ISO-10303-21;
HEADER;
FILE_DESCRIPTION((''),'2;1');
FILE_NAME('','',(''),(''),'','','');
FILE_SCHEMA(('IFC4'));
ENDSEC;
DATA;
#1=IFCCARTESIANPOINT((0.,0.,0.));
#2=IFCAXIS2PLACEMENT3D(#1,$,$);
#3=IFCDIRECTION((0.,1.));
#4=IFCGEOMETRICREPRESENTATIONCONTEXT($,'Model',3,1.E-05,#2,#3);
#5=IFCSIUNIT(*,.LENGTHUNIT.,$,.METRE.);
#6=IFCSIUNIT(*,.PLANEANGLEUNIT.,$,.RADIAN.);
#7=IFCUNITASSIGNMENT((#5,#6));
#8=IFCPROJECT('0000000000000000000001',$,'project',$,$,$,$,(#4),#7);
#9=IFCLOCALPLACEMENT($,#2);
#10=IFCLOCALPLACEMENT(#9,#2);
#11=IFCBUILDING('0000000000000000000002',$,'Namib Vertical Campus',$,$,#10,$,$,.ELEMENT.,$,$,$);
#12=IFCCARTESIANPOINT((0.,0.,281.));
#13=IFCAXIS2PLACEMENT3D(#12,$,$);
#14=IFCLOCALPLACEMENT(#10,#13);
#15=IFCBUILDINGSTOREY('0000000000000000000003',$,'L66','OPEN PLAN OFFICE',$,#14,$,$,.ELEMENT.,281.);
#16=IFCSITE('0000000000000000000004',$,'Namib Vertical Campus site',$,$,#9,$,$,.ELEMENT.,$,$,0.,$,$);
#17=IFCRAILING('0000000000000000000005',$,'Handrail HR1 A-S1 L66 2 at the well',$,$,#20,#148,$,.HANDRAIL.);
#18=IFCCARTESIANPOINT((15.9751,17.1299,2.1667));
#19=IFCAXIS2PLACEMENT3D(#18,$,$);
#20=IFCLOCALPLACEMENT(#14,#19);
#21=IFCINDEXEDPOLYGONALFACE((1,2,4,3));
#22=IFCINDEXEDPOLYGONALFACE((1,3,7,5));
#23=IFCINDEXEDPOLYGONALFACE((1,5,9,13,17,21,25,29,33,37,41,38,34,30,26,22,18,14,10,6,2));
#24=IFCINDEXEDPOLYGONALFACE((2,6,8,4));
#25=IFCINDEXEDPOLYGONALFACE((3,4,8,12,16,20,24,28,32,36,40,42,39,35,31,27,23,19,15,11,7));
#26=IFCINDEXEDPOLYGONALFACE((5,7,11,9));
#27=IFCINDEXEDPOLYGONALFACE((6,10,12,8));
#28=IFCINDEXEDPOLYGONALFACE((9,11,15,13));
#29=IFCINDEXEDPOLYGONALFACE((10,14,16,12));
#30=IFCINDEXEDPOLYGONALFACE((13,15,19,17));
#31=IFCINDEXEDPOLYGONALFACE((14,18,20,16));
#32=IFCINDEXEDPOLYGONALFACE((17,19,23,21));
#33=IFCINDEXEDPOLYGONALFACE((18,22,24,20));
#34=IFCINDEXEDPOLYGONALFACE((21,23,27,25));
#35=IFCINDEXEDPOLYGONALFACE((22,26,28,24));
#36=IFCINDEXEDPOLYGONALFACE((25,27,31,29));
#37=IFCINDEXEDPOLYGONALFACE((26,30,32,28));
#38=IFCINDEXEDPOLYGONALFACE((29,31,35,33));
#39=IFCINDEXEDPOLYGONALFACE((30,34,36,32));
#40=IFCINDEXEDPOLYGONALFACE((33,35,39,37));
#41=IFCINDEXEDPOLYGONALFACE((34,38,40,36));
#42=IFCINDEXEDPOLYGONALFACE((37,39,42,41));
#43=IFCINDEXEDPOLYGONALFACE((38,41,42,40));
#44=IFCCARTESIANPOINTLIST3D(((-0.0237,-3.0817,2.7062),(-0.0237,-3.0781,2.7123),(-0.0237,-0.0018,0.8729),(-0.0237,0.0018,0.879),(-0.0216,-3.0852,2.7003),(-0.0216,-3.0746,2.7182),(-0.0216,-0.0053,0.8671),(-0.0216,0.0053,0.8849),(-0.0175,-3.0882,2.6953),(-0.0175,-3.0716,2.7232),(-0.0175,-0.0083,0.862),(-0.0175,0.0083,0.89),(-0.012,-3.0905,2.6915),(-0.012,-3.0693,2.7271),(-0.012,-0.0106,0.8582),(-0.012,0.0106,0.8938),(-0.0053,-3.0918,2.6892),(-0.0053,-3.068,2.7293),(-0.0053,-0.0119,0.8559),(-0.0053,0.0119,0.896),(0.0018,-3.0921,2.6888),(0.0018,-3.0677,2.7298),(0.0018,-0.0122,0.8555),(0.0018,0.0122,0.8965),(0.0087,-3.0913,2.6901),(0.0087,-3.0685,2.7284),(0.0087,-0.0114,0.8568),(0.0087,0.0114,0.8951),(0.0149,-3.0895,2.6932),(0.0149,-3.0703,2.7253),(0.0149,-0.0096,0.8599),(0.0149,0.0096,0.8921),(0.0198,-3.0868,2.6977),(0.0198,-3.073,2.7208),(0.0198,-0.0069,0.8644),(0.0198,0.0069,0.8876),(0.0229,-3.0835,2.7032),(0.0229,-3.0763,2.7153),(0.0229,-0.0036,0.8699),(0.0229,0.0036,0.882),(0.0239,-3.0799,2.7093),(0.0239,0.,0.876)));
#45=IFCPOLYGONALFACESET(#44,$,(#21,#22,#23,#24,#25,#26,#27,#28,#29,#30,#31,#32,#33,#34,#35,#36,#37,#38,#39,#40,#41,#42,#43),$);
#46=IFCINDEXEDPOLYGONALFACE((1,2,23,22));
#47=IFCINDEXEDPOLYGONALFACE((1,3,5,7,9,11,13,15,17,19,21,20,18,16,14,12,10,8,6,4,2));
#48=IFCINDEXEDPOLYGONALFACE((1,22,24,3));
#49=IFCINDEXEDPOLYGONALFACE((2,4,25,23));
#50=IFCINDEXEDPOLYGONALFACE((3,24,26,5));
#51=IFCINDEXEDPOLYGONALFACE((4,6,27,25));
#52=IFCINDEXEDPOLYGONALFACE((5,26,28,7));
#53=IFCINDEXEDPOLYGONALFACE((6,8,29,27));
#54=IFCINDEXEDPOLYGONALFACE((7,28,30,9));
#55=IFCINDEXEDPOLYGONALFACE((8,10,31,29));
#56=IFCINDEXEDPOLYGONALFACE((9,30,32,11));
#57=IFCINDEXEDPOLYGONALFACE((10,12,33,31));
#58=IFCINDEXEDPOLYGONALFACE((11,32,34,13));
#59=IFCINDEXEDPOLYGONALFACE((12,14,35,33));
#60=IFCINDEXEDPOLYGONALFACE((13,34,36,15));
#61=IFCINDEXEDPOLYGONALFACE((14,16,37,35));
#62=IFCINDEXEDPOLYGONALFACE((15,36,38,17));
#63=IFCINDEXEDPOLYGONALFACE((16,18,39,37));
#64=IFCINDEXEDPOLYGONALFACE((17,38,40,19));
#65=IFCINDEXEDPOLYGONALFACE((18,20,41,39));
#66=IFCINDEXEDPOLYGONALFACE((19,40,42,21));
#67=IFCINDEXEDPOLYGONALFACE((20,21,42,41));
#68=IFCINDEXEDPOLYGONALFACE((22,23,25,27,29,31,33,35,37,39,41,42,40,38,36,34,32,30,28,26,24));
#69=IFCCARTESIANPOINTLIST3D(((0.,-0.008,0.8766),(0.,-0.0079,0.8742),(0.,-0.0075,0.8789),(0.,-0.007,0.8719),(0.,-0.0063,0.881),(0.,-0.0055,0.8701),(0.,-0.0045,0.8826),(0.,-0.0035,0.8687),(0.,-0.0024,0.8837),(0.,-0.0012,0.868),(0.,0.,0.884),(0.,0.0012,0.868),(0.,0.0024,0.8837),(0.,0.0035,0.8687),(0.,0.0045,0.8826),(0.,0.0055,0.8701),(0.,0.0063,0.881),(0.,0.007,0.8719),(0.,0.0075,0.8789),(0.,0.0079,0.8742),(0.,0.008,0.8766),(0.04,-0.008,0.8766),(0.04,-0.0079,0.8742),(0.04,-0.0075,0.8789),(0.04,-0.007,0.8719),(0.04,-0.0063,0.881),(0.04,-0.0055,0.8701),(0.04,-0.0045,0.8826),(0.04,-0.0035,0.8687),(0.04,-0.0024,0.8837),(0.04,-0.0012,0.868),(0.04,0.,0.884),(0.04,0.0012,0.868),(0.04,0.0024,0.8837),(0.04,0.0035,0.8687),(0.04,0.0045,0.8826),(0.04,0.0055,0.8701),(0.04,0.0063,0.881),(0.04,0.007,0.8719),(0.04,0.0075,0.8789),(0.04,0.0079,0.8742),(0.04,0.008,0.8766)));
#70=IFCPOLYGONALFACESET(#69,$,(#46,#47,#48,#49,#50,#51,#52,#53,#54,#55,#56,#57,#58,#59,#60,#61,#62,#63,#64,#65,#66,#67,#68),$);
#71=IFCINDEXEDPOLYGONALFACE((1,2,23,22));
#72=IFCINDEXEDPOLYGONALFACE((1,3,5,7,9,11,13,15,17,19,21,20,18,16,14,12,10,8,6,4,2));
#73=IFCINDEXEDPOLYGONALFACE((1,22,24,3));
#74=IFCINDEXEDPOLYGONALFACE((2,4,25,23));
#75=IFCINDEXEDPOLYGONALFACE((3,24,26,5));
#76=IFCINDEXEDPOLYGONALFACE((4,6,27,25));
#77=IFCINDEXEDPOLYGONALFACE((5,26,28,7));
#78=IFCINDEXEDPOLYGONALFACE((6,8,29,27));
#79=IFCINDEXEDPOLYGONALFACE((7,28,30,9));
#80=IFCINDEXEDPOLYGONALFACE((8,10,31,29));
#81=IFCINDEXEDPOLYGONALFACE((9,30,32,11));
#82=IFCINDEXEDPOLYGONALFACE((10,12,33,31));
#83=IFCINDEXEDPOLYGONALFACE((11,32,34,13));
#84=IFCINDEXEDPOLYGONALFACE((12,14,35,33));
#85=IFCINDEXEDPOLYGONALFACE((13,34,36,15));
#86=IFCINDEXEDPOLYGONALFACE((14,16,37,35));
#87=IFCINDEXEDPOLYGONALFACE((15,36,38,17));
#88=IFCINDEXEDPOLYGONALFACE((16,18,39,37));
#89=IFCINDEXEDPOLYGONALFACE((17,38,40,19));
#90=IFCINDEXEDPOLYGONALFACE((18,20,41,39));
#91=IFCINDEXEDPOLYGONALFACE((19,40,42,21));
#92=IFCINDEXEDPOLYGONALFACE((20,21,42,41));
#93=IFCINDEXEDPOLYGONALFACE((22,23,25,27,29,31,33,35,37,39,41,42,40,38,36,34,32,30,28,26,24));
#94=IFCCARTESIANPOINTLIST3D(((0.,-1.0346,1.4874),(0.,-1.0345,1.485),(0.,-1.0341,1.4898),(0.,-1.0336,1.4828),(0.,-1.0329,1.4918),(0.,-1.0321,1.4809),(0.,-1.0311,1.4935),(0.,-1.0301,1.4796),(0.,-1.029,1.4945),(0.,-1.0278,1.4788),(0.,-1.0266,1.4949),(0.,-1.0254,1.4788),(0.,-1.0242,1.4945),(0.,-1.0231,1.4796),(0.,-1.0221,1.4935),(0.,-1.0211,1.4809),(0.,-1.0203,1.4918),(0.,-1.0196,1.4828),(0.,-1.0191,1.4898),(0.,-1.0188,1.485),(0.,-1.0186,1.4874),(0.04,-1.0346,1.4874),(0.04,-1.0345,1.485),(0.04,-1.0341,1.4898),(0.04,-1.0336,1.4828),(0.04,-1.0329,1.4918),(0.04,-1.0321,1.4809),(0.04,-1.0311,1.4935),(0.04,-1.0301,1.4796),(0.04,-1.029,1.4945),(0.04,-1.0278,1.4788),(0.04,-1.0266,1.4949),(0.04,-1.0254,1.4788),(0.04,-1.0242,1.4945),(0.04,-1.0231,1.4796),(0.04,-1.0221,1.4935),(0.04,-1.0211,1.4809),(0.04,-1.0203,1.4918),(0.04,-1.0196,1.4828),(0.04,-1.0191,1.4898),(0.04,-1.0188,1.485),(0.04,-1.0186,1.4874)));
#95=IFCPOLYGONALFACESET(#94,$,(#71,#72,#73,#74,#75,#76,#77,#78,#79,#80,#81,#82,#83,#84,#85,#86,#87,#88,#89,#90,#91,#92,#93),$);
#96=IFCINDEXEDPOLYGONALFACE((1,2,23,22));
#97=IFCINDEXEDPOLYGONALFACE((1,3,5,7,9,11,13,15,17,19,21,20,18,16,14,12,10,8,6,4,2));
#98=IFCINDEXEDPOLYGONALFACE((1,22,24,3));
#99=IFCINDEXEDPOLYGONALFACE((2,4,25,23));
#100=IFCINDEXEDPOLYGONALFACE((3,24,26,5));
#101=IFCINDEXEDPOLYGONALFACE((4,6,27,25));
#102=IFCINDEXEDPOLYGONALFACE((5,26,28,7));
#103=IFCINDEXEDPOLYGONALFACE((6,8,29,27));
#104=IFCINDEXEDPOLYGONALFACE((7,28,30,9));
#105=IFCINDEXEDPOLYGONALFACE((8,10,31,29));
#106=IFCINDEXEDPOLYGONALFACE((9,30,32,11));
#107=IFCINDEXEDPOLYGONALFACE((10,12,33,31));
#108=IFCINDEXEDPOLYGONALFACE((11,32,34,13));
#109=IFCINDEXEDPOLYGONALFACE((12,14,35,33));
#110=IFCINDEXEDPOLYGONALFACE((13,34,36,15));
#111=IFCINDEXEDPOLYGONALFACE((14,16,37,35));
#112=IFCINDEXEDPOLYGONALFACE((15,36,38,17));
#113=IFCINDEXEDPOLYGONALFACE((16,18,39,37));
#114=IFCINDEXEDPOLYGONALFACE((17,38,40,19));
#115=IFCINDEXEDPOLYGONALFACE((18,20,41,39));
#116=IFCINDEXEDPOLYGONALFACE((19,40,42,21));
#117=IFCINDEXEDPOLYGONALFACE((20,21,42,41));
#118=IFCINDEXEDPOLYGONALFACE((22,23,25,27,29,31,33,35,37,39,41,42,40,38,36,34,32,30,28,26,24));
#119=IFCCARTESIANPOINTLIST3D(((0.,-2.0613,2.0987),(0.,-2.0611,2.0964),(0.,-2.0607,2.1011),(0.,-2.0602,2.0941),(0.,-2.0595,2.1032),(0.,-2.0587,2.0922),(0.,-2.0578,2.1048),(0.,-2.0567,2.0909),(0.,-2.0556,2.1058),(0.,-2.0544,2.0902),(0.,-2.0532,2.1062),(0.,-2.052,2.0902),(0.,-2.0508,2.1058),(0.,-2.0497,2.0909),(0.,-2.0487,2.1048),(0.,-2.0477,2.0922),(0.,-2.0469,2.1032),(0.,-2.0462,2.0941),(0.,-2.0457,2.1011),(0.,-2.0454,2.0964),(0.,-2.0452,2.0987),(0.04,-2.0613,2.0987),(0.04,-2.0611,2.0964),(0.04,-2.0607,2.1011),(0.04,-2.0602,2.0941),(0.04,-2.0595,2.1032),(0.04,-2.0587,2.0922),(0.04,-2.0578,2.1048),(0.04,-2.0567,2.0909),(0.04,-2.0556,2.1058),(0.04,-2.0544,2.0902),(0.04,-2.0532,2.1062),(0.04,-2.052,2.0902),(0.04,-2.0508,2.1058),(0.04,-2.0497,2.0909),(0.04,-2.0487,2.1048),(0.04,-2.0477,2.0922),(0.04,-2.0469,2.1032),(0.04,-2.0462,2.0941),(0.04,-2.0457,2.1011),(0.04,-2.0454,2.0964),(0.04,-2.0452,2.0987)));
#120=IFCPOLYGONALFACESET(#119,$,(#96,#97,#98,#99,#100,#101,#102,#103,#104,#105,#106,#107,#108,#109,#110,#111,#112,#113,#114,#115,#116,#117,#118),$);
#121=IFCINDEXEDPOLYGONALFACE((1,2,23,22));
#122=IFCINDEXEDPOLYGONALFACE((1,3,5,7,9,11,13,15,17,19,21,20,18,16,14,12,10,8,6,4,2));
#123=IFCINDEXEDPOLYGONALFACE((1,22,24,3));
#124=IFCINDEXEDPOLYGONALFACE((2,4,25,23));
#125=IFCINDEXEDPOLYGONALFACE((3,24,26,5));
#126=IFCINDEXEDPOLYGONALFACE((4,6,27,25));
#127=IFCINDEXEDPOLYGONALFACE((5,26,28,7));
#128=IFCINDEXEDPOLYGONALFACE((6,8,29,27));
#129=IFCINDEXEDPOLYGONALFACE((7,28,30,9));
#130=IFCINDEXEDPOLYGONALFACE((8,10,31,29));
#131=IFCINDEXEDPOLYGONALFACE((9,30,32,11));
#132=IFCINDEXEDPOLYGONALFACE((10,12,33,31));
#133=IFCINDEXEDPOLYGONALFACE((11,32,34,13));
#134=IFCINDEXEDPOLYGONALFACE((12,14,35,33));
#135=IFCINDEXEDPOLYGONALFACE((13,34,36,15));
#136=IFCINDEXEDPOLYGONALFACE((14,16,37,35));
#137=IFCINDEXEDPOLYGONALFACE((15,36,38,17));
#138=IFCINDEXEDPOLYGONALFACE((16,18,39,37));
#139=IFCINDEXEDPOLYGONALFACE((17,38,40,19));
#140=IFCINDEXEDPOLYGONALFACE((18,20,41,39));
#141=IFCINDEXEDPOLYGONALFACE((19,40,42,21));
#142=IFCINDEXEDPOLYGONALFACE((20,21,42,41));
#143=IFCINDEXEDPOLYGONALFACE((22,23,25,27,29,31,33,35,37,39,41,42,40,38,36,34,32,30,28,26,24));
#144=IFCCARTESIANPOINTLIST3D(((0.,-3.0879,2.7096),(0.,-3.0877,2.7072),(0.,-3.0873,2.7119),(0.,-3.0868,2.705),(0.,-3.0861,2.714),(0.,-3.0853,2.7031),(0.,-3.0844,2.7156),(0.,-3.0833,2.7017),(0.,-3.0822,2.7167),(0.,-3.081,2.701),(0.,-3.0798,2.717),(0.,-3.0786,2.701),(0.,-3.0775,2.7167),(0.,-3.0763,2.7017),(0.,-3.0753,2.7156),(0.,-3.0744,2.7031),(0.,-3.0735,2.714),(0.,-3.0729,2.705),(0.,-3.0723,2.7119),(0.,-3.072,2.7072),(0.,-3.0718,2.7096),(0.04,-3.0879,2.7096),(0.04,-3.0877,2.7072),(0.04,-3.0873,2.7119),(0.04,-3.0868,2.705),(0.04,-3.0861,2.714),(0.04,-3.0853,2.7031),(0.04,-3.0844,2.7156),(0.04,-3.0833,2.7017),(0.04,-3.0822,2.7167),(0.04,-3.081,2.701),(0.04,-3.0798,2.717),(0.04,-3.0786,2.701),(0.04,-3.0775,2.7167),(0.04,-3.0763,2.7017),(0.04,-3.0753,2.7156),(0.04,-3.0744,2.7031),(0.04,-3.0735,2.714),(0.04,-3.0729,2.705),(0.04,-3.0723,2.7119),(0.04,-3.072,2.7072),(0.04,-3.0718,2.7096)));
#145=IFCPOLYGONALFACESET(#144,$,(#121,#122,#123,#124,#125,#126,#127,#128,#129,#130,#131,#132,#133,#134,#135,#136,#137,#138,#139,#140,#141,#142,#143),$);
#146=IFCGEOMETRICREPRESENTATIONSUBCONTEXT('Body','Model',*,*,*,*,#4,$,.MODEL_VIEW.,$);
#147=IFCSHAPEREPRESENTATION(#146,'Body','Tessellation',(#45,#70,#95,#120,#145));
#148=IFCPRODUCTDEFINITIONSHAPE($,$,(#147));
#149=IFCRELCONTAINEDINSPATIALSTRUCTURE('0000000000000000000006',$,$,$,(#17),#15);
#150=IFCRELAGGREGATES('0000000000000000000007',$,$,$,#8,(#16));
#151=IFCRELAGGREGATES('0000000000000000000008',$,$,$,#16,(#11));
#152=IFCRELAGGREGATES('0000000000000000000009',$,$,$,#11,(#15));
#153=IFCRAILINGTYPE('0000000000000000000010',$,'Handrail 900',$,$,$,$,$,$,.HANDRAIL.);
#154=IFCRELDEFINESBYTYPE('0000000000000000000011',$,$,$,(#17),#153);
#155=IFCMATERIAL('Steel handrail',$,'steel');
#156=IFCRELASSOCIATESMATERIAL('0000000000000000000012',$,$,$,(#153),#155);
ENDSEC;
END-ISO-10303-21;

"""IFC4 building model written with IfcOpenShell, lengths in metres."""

from ifc_helpers import new_model, si_unit, direction, frame, origin, origin_2d, place, context, subcontext, project, spatial, circle, extrude, material, type_object, element, save


model = new_model("IFC4")

# Units and contexts
model_context = context("Model", 3, precision=1e-05, world=origin(), true_north=direction((0.0, 1.0)))
body_context = subcontext(model_context, "Body", "Model", "MODEL_VIEW")
ifc_project = project(units=[si_unit("LENGTHUNIT", "METRE"), si_unit("PLANEANGLEUNIT", "RADIAN")], contexts=[model_context])

# Site, building, storey
site_placement = place(None, origin())
site = spatial("IfcSite", under=ifc_project, at=site_placement, Name="Namib Vertical Campus site", CompositionType="ELEMENT", RefElevation=0.0)
building_placement = place(site_placement, origin())
building = spatial("IfcBuilding", under=site, at=building_placement, Name="Namib Vertical Campus", CompositionType="ELEMENT")
storey_placement = place(building_placement, frame((0.0, 0.0, 281.0)))
storey = spatial("IfcBuildingStorey", under=building, at=storey_placement, Name="L66", Description="OPEN PLAN OFFICE", CompositionType="ELEMENT", Elevation=281.0)

# Railing
ifc_material_1 = material(Name="Steel handrail", Category="steel")
railing_type_1 = type_object("IfcRailingType", Name="Handrail 900", PredefinedType="HANDRAIL", material=ifc_material_1)
railing_1_placement = place(storey_placement, frame((15.9751, 17.1299, 2.1667)))
element("IfcRailing", 1, at=railing_1_placement, inside=storey, type_object=railing_type_1, Name="Handrail HR1 A-S1 L66 2 at the well", PredefinedType="HANDRAIL", context=body_context, shape_type="SweptSolid", body=[
    extrude(circle(Radius=0.0239, at=origin_2d()), frame((0.0, 0.0, 0.876), z_axis=(0.0, -0.859291, 0.511487), x_axis=(1.0, 0.0, 0.0)), (0.0, 0.0, 1.0), 3.5842),
    extrude(circle(Radius=0.0081, at=origin_2d()), frame((0.0, 0.0, 0.876), z_axis=(1.0, 0.0, 0.0), x_axis=(0.0, 0.0, 1.0)), (0.0, 0.0, 1.0), 0.04),
    extrude(circle(Radius=0.0081, at=origin_2d()), frame((0.0, -1.0266, 1.4868), z_axis=(1.0, 0.0, 0.0), x_axis=(0.0, 0.0, 1.0)), (0.0, 0.0, 1.0), 0.04),
    extrude(circle(Radius=0.0081, at=origin_2d()), frame((0.0, -2.0532, 2.0981), z_axis=(1.0, 0.0, 0.0), x_axis=(0.0, 0.0, 1.0)), (0.0, 0.0, 1.0), 0.04),
    extrude(circle(Radius=0.0081, at=origin_2d()), frame((0.0, -3.0798, 2.709), z_axis=(1.0, 0.0, 0.0), x_axis=(0.0, 0.0, 1.0)), (0.0, 0.0, 1.0), 0.04),
])

save(model, "model.ifc")
